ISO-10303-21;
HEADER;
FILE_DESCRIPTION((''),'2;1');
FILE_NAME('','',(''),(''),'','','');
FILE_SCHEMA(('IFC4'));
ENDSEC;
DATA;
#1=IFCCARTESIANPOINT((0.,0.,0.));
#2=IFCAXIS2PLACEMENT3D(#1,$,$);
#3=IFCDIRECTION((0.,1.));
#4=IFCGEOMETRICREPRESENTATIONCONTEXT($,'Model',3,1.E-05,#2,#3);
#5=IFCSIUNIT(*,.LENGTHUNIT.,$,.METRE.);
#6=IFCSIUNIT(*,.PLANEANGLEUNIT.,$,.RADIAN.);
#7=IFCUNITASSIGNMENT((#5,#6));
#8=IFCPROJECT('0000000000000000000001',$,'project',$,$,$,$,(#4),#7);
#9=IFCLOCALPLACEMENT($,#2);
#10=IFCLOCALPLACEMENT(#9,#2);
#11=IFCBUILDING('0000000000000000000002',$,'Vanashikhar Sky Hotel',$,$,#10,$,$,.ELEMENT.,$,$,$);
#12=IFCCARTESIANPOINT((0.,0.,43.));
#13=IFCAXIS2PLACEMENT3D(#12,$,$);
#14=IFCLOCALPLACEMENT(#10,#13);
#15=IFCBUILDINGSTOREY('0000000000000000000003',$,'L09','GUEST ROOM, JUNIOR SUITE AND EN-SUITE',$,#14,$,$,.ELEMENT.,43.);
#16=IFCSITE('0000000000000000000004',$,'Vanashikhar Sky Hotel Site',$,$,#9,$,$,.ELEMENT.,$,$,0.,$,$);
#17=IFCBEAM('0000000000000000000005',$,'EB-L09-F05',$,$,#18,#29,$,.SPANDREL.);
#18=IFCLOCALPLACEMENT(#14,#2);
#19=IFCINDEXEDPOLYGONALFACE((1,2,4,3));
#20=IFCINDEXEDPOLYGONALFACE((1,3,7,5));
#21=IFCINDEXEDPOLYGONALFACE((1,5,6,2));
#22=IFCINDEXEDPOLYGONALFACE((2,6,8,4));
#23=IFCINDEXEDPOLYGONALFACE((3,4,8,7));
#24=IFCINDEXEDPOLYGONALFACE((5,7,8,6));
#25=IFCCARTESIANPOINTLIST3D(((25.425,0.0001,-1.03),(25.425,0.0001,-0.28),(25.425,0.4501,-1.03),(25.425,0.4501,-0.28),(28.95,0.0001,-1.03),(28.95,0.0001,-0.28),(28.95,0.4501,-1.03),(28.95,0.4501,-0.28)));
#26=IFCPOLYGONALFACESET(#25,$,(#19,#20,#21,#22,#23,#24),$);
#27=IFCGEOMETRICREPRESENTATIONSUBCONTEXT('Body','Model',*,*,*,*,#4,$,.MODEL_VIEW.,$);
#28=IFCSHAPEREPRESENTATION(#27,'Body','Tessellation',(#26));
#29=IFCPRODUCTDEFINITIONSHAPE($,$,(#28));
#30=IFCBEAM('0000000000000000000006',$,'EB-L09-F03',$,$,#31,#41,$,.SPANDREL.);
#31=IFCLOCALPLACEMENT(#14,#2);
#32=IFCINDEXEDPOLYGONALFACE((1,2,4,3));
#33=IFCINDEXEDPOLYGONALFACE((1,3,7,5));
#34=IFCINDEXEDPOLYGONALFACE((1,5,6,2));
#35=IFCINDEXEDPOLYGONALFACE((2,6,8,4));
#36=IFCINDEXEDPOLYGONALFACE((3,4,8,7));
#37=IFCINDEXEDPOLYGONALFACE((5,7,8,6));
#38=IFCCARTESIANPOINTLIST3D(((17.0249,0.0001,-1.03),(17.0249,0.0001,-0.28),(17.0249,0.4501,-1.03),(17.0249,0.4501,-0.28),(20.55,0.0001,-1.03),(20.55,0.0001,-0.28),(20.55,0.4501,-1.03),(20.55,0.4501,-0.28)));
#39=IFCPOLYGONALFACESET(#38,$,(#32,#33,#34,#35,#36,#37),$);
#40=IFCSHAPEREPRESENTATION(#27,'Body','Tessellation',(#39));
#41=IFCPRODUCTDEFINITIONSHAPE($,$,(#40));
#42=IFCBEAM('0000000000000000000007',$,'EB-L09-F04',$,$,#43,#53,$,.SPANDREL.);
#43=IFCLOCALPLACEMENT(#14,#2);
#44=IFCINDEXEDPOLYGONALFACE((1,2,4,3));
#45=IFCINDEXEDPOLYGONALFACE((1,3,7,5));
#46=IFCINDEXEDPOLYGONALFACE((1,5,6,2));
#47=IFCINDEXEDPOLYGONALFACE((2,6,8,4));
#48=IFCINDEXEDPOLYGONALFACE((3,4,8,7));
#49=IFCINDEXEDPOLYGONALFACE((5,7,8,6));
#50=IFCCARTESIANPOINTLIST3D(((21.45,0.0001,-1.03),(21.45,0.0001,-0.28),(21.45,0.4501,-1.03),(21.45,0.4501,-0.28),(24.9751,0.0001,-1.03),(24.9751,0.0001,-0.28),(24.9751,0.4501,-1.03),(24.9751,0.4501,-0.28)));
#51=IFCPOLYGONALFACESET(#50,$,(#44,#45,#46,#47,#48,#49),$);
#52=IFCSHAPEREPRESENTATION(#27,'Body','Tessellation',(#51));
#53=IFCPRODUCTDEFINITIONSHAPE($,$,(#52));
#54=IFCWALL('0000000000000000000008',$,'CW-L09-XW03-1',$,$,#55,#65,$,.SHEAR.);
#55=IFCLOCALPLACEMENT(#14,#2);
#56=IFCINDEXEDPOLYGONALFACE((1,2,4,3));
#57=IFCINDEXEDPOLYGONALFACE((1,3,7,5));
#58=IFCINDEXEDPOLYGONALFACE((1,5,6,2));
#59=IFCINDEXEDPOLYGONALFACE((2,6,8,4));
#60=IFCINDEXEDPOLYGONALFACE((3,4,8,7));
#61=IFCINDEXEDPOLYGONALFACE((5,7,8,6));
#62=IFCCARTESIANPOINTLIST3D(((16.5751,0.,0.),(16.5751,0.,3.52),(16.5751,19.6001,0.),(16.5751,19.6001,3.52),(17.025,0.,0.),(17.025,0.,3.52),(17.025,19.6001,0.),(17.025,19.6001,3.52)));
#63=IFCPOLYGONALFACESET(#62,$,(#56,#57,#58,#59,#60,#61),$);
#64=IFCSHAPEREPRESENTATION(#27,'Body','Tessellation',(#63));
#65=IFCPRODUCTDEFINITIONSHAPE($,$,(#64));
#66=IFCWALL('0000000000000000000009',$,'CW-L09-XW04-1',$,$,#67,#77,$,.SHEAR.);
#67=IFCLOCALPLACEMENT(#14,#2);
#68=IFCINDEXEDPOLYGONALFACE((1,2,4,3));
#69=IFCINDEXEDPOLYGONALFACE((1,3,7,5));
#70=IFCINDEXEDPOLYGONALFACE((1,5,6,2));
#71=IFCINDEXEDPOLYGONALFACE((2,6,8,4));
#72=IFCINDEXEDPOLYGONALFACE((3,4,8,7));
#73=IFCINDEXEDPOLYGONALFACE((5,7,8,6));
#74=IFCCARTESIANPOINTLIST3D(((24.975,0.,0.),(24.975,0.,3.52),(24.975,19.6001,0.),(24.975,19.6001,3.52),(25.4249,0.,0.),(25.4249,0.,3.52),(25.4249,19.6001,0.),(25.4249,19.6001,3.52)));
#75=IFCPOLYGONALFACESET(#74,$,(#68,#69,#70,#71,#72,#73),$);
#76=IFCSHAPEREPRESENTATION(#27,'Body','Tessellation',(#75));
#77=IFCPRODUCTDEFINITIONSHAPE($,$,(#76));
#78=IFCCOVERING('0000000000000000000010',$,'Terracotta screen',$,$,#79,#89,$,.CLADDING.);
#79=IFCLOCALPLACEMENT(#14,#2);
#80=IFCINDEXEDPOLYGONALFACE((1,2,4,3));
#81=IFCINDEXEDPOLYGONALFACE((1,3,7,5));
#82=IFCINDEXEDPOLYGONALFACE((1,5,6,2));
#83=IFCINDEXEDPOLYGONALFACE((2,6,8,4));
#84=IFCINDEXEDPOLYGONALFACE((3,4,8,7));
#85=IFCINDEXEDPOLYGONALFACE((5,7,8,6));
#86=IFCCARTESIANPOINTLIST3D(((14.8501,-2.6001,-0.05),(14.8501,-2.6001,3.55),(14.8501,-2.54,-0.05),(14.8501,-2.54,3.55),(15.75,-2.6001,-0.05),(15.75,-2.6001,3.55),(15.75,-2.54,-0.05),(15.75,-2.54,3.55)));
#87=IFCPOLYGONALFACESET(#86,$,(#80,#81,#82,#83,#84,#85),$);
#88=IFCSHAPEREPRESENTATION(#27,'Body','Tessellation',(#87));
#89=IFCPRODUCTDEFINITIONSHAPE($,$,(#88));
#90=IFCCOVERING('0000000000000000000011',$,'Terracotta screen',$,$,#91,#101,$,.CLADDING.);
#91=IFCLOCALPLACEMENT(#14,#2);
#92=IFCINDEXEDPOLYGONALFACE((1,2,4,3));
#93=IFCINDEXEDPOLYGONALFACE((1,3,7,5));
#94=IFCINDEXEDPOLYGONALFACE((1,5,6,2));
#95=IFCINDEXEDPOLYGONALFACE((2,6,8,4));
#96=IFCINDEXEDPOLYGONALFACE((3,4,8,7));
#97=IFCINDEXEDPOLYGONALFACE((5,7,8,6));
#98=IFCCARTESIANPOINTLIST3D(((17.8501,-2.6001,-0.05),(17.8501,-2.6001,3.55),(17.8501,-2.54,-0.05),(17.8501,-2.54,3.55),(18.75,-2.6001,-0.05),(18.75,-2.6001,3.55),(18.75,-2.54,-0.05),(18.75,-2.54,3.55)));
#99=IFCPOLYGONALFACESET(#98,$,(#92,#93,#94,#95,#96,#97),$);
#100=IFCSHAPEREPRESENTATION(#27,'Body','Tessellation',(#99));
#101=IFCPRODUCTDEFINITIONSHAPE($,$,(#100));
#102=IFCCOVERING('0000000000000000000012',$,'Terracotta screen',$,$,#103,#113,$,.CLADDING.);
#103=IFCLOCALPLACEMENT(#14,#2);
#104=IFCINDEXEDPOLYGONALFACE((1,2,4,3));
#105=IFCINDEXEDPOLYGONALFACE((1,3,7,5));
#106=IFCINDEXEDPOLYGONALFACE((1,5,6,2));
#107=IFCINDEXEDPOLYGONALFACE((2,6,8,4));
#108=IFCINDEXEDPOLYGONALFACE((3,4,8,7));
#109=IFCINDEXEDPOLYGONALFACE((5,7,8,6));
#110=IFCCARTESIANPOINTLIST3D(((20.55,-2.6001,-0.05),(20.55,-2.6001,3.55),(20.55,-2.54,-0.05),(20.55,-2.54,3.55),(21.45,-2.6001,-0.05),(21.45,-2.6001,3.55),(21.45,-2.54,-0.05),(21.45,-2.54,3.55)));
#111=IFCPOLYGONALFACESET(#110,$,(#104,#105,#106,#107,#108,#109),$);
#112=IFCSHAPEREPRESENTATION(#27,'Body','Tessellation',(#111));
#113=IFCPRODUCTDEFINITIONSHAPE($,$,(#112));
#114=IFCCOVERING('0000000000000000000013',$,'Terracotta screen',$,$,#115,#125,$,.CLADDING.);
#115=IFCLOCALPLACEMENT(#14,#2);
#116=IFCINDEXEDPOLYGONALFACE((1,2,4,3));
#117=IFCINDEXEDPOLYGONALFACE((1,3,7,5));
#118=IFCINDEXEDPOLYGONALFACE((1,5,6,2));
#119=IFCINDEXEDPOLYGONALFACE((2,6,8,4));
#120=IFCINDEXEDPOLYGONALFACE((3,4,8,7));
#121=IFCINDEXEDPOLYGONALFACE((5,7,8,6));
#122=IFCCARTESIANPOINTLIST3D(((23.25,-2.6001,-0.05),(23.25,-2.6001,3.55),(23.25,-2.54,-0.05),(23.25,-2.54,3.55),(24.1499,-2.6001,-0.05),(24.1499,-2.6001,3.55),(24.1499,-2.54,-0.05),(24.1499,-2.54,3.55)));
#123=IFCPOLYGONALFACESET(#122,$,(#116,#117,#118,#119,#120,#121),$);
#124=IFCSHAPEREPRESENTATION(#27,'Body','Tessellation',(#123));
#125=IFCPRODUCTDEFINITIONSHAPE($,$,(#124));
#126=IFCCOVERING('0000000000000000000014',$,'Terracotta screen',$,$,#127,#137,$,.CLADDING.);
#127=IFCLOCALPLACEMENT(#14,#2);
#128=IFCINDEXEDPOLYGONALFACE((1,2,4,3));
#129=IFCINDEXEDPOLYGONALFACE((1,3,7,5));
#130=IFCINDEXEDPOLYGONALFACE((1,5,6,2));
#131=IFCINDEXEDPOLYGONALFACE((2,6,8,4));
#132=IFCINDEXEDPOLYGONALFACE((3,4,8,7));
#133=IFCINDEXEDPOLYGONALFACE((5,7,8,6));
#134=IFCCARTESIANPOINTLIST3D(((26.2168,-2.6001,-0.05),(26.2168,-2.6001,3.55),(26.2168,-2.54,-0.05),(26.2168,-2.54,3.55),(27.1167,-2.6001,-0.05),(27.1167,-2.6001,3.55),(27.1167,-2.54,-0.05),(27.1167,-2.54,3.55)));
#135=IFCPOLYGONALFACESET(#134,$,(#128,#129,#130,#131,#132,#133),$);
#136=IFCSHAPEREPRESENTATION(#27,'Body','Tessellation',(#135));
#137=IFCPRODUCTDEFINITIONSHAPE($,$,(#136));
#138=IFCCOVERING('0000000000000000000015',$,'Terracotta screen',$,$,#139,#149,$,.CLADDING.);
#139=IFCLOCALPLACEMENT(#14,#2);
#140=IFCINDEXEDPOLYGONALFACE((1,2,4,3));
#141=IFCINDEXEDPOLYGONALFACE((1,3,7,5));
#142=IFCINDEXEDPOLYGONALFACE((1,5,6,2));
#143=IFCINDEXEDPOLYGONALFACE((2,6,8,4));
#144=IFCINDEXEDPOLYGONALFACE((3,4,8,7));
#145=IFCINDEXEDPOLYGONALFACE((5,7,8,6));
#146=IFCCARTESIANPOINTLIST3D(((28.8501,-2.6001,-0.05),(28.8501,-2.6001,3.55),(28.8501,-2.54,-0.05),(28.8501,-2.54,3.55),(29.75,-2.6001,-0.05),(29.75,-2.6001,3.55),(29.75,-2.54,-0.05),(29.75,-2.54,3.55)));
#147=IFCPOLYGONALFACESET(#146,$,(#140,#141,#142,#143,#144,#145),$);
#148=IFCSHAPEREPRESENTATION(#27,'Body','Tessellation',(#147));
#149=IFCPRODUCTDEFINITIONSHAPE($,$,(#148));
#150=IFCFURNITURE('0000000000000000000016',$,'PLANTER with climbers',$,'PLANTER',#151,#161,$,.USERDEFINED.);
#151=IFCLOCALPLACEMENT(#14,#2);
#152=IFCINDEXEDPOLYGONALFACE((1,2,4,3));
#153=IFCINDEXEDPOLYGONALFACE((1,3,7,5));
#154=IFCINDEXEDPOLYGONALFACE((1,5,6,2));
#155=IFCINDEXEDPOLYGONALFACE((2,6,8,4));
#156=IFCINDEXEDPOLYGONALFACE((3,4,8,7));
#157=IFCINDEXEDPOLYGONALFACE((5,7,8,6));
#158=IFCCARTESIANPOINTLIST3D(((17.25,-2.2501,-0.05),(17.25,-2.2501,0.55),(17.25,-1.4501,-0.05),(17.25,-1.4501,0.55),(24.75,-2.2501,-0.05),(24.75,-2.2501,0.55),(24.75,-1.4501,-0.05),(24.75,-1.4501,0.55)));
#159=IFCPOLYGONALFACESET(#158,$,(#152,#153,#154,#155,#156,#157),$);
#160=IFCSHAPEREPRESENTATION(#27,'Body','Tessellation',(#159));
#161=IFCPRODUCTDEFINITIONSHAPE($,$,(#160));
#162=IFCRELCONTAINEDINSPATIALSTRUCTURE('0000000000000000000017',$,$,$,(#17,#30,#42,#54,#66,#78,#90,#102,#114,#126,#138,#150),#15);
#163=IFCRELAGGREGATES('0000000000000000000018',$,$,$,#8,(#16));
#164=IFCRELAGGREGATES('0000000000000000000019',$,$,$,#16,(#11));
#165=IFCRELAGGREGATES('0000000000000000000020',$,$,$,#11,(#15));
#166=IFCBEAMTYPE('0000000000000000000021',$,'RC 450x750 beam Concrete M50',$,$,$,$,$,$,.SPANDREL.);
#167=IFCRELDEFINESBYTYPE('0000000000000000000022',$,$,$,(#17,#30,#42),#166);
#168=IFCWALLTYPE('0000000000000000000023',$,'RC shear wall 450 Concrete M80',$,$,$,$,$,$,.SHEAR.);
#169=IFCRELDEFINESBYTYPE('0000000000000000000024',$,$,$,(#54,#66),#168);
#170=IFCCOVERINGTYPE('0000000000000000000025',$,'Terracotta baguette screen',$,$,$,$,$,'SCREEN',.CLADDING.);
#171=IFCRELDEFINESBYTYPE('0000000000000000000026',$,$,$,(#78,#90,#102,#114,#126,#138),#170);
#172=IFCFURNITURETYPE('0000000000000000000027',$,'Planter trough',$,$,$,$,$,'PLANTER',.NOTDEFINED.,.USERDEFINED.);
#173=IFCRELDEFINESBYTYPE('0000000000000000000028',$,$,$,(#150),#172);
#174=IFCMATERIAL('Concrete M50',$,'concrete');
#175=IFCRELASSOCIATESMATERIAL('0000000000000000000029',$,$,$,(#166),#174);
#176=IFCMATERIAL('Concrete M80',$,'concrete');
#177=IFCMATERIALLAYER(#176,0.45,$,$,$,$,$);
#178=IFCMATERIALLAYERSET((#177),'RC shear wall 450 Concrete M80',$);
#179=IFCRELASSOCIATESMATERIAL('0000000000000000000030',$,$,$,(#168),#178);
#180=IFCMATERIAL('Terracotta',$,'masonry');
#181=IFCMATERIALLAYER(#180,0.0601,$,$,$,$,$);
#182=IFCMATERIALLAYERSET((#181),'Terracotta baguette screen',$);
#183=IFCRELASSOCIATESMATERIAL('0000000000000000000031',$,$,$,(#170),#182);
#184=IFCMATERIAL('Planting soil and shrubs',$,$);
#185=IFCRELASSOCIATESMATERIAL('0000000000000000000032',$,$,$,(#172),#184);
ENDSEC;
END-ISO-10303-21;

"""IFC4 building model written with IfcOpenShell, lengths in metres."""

from ifc_helpers import new_model, si_unit, direction, frame, frame_2d, origin, origin_2d, place, context, subcontext, project, spatial, rectangle, extrude, source, transform, mapped, material, layer, layer_set, material_profile, profile_set, type_object, element, save


model = new_model("IFC4")

# Units and contexts
model_context = context("Model", 3, precision=1e-05, world=origin(), true_north=direction((0.0, 1.0)))
body_context = subcontext(model_context, "Body", "Model", "MODEL_VIEW")
ifc_project = project(units=[si_unit("LENGTHUNIT", "METRE"), si_unit("PLANEANGLEUNIT", "RADIAN")], contexts=[model_context])

# Site, building, storey
site_placement = place(None, origin())
site = spatial("IfcSite", under=ifc_project, at=site_placement, Name="Vanashikhar Sky Hotel Site", CompositionType="ELEMENT", RefElevation=0.0)
building_placement = place(site_placement, origin())
building = spatial("IfcBuilding", under=site, at=building_placement, Name="Vanashikhar Sky Hotel", CompositionType="ELEMENT")
storey_placement = place(building_placement, frame((0.0, 0.0, 43.0)))
storey = spatial("IfcBuildingStorey", under=building, at=storey_placement, Name="L09", Description="GUEST ROOM, JUNIOR SUITE AND EN-SUITE", CompositionType="ELEMENT", Elevation=43.0)

# Beams
ifc_material_1 = material(Name="Concrete M50", Category="concrete")
ifc_material_profile = material_profile(ifc_material_1, rectangle(XDim=0.45, YDim=0.75, at=origin_2d()))
ifc_profile_set = profile_set([ifc_material_profile], Name="RC 450x750 beam Concrete M50")
beam_type = type_object("IfcBeamType", Name="RC 450x750 beam Concrete M50", PredefinedType="SPANDREL", material=ifc_profile_set)
shared_shape_1 = source(origin(), body_context, "Body", "SweptSolid", [
    extrude(rectangle(XDim=0.45, YDim=0.75, at=origin_2d()), origin(), (0.0, 0.0, 1.0), 3.5249),
])
beam_placement = place(storey_placement, frame((25.425, 0.2251, -0.655), z_axis=(1.0, 0.0, 0.0), x_axis=(0.0, 1.0, 0.0)))
element("IfcBeam", 1, at=beam_placement, inside=storey, type_object=beam_type, Name="EB-L09-F05", PredefinedType="SPANDREL", context=body_context, shape_type="MappedRepresentation", body=[
    mapped(shared_shape_1, transform((0.0, 0.0, 0.0), scale=1.0)),
])
shared_shape_2 = source(origin(), body_context, "Body", "SweptSolid", [
    extrude(rectangle(XDim=0.45, YDim=0.75, at=origin_2d()), origin(), (0.0, 0.0, 1.0), 3.5251),
])
for number, where, z_axis, x_axis, name in (
    (2, (17.0249, 0.2251, -0.655), (1.0, 0.0, 0.0), (0.0, 1.0, 0.0), "EB-L09-F03"),
    (3, (21.45, 0.2251, -0.655), (1.0, 0.0, 0.0), (0.0, 1.0, 0.0), "EB-L09-F04"),
):
    element("IfcBeam", number, at=place(storey_placement, frame(where, z_axis=z_axis, x_axis=x_axis)), inside=storey, type_object=beam_type, Name=name, PredefinedType="SPANDREL", context=body_context, shape_type="MappedRepresentation", body=[
        mapped(shared_shape_2, transform((0.0, 0.0, 0.0), scale=1.0)),
    ])

# Walls
ifc_material_2 = material(Name="Concrete M80", Category="concrete")
ifc_layer_1 = layer(ifc_material_2, 0.45)
ifc_layer_set_1 = layer_set([ifc_layer_1], Name="RC shear wall 450 Concrete M80")
wall_type = type_object("IfcWallType", Name="RC shear wall 450 Concrete M80", PredefinedType="SHEAR", material=ifc_layer_set_1)
shared_shape_3 = source(origin(), body_context, "Body", "SweptSolid", [
    extrude(rectangle(XDim=19.6001, YDim=0.45, at=frame_2d((9.8, 0.0))), origin(), (0.0, 0.0, 1.0), 3.52),
])
for number, where, z_axis, x_axis, name in (
    (4, (16.8, 0.0, 0.0), (0.0, 0.0, 1.0), (0.0, 1.0, 0.0), "CW-L09-XW03-1"),
    (5, (25.2, 0.0, 0.0), (0.0, 0.0, 1.0), (0.0, 1.0, 0.0), "CW-L09-XW04-1"),
):
    element("IfcWall", number, at=place(storey_placement, frame(where, z_axis=z_axis, x_axis=x_axis)), inside=storey, type_object=wall_type, Name=name, PredefinedType="SHEAR", context=body_context, shape_type="MappedRepresentation", body=[
        mapped(shared_shape_3, transform((0.0, 0.0, 0.0), scale=1.0)),
    ])

# Coverings
ifc_material_3 = material(Name="Terracotta", Category="masonry")
ifc_layer_2 = layer(ifc_material_3, 0.0601)
ifc_layer_set_2 = layer_set([ifc_layer_2], Name="Terracotta baguette screen")
covering_type = type_object("IfcCoveringType", Name="Terracotta baguette screen", ElementType="SCREEN", PredefinedType="CLADDING", material=ifc_layer_set_2)
shared_shape_4 = source(origin(), body_context, "Body", "SweptSolid", [
    extrude(rectangle(XDim=0.8999, YDim=0.0601, at=origin_2d()), origin(), (0.0, 0.0, 1.0), 3.6001),
])
for number, where, z_axis, x_axis, name in (
    (6, (15.3, -2.5701, -0.05), (0.0, 0.0, 1.0), (1.0, 0.0, 0.0), "Terracotta screen"),
    (7, (18.3, -2.5701, -0.05), (0.0, 0.0, 1.0), (1.0, 0.0, 0.0), "Terracotta screen"),
    (8, (21.0, -2.5701, -0.05), (0.0, 0.0, 1.0), (1.0, 0.0, 0.0), "Terracotta screen"),
    (9, (23.7, -2.5701, -0.05), (0.0, 0.0, 1.0), (1.0, 0.0, 0.0), "Terracotta screen"),
    (10, (26.6667, -2.5701, -0.05), (0.0, 0.0, 1.0), (1.0, 0.0, 0.0), "Terracotta screen"),
    (11, (29.3, -2.5701, -0.05), (0.0, 0.0, 1.0), (1.0, 0.0, 0.0), "Terracotta screen"),
):
    element("IfcCovering", number, at=place(storey_placement, frame(where, z_axis=z_axis, x_axis=x_axis)), inside=storey, type_object=covering_type, Name=name, PredefinedType="CLADDING", context=body_context, shape_type="MappedRepresentation", body=[
        mapped(shared_shape_4, transform((0.0, 0.0, 0.0), scale=1.0)),
    ])

# Furniture
ifc_material_4 = material(Name="Planting soil and shrubs")
furniture_type = type_object("IfcFurnitureType", Name="Planter trough", ElementType="PLANTER", AssemblyPlace="NOTDEFINED", PredefinedType="USERDEFINED", material=ifc_material_4)
shared_shape_5 = source(origin(), body_context, "Body", "SweptSolid", [
    extrude(rectangle(XDim=7.5, YDim=0.8, at=origin_2d()), origin(), (0.0, 0.0, 1.0), 0.6001),
])
furniture_placement = place(storey_placement, frame((21.0, -1.8501, -0.05), z_axis=(0.0, 0.0, 1.0), x_axis=(1.0, 0.0, 0.0)))
element("IfcFurniture", 12, at=furniture_placement, inside=storey, type_object=furniture_type, Name="PLANTER with climbers", ObjectType="PLANTER", PredefinedType="USERDEFINED", context=body_context, shape_type="MappedRepresentation", body=[
    mapped(shared_shape_5, transform((0.0, 0.0, 0.0), scale=1.0)),
])

save(model, "model.ifc")
